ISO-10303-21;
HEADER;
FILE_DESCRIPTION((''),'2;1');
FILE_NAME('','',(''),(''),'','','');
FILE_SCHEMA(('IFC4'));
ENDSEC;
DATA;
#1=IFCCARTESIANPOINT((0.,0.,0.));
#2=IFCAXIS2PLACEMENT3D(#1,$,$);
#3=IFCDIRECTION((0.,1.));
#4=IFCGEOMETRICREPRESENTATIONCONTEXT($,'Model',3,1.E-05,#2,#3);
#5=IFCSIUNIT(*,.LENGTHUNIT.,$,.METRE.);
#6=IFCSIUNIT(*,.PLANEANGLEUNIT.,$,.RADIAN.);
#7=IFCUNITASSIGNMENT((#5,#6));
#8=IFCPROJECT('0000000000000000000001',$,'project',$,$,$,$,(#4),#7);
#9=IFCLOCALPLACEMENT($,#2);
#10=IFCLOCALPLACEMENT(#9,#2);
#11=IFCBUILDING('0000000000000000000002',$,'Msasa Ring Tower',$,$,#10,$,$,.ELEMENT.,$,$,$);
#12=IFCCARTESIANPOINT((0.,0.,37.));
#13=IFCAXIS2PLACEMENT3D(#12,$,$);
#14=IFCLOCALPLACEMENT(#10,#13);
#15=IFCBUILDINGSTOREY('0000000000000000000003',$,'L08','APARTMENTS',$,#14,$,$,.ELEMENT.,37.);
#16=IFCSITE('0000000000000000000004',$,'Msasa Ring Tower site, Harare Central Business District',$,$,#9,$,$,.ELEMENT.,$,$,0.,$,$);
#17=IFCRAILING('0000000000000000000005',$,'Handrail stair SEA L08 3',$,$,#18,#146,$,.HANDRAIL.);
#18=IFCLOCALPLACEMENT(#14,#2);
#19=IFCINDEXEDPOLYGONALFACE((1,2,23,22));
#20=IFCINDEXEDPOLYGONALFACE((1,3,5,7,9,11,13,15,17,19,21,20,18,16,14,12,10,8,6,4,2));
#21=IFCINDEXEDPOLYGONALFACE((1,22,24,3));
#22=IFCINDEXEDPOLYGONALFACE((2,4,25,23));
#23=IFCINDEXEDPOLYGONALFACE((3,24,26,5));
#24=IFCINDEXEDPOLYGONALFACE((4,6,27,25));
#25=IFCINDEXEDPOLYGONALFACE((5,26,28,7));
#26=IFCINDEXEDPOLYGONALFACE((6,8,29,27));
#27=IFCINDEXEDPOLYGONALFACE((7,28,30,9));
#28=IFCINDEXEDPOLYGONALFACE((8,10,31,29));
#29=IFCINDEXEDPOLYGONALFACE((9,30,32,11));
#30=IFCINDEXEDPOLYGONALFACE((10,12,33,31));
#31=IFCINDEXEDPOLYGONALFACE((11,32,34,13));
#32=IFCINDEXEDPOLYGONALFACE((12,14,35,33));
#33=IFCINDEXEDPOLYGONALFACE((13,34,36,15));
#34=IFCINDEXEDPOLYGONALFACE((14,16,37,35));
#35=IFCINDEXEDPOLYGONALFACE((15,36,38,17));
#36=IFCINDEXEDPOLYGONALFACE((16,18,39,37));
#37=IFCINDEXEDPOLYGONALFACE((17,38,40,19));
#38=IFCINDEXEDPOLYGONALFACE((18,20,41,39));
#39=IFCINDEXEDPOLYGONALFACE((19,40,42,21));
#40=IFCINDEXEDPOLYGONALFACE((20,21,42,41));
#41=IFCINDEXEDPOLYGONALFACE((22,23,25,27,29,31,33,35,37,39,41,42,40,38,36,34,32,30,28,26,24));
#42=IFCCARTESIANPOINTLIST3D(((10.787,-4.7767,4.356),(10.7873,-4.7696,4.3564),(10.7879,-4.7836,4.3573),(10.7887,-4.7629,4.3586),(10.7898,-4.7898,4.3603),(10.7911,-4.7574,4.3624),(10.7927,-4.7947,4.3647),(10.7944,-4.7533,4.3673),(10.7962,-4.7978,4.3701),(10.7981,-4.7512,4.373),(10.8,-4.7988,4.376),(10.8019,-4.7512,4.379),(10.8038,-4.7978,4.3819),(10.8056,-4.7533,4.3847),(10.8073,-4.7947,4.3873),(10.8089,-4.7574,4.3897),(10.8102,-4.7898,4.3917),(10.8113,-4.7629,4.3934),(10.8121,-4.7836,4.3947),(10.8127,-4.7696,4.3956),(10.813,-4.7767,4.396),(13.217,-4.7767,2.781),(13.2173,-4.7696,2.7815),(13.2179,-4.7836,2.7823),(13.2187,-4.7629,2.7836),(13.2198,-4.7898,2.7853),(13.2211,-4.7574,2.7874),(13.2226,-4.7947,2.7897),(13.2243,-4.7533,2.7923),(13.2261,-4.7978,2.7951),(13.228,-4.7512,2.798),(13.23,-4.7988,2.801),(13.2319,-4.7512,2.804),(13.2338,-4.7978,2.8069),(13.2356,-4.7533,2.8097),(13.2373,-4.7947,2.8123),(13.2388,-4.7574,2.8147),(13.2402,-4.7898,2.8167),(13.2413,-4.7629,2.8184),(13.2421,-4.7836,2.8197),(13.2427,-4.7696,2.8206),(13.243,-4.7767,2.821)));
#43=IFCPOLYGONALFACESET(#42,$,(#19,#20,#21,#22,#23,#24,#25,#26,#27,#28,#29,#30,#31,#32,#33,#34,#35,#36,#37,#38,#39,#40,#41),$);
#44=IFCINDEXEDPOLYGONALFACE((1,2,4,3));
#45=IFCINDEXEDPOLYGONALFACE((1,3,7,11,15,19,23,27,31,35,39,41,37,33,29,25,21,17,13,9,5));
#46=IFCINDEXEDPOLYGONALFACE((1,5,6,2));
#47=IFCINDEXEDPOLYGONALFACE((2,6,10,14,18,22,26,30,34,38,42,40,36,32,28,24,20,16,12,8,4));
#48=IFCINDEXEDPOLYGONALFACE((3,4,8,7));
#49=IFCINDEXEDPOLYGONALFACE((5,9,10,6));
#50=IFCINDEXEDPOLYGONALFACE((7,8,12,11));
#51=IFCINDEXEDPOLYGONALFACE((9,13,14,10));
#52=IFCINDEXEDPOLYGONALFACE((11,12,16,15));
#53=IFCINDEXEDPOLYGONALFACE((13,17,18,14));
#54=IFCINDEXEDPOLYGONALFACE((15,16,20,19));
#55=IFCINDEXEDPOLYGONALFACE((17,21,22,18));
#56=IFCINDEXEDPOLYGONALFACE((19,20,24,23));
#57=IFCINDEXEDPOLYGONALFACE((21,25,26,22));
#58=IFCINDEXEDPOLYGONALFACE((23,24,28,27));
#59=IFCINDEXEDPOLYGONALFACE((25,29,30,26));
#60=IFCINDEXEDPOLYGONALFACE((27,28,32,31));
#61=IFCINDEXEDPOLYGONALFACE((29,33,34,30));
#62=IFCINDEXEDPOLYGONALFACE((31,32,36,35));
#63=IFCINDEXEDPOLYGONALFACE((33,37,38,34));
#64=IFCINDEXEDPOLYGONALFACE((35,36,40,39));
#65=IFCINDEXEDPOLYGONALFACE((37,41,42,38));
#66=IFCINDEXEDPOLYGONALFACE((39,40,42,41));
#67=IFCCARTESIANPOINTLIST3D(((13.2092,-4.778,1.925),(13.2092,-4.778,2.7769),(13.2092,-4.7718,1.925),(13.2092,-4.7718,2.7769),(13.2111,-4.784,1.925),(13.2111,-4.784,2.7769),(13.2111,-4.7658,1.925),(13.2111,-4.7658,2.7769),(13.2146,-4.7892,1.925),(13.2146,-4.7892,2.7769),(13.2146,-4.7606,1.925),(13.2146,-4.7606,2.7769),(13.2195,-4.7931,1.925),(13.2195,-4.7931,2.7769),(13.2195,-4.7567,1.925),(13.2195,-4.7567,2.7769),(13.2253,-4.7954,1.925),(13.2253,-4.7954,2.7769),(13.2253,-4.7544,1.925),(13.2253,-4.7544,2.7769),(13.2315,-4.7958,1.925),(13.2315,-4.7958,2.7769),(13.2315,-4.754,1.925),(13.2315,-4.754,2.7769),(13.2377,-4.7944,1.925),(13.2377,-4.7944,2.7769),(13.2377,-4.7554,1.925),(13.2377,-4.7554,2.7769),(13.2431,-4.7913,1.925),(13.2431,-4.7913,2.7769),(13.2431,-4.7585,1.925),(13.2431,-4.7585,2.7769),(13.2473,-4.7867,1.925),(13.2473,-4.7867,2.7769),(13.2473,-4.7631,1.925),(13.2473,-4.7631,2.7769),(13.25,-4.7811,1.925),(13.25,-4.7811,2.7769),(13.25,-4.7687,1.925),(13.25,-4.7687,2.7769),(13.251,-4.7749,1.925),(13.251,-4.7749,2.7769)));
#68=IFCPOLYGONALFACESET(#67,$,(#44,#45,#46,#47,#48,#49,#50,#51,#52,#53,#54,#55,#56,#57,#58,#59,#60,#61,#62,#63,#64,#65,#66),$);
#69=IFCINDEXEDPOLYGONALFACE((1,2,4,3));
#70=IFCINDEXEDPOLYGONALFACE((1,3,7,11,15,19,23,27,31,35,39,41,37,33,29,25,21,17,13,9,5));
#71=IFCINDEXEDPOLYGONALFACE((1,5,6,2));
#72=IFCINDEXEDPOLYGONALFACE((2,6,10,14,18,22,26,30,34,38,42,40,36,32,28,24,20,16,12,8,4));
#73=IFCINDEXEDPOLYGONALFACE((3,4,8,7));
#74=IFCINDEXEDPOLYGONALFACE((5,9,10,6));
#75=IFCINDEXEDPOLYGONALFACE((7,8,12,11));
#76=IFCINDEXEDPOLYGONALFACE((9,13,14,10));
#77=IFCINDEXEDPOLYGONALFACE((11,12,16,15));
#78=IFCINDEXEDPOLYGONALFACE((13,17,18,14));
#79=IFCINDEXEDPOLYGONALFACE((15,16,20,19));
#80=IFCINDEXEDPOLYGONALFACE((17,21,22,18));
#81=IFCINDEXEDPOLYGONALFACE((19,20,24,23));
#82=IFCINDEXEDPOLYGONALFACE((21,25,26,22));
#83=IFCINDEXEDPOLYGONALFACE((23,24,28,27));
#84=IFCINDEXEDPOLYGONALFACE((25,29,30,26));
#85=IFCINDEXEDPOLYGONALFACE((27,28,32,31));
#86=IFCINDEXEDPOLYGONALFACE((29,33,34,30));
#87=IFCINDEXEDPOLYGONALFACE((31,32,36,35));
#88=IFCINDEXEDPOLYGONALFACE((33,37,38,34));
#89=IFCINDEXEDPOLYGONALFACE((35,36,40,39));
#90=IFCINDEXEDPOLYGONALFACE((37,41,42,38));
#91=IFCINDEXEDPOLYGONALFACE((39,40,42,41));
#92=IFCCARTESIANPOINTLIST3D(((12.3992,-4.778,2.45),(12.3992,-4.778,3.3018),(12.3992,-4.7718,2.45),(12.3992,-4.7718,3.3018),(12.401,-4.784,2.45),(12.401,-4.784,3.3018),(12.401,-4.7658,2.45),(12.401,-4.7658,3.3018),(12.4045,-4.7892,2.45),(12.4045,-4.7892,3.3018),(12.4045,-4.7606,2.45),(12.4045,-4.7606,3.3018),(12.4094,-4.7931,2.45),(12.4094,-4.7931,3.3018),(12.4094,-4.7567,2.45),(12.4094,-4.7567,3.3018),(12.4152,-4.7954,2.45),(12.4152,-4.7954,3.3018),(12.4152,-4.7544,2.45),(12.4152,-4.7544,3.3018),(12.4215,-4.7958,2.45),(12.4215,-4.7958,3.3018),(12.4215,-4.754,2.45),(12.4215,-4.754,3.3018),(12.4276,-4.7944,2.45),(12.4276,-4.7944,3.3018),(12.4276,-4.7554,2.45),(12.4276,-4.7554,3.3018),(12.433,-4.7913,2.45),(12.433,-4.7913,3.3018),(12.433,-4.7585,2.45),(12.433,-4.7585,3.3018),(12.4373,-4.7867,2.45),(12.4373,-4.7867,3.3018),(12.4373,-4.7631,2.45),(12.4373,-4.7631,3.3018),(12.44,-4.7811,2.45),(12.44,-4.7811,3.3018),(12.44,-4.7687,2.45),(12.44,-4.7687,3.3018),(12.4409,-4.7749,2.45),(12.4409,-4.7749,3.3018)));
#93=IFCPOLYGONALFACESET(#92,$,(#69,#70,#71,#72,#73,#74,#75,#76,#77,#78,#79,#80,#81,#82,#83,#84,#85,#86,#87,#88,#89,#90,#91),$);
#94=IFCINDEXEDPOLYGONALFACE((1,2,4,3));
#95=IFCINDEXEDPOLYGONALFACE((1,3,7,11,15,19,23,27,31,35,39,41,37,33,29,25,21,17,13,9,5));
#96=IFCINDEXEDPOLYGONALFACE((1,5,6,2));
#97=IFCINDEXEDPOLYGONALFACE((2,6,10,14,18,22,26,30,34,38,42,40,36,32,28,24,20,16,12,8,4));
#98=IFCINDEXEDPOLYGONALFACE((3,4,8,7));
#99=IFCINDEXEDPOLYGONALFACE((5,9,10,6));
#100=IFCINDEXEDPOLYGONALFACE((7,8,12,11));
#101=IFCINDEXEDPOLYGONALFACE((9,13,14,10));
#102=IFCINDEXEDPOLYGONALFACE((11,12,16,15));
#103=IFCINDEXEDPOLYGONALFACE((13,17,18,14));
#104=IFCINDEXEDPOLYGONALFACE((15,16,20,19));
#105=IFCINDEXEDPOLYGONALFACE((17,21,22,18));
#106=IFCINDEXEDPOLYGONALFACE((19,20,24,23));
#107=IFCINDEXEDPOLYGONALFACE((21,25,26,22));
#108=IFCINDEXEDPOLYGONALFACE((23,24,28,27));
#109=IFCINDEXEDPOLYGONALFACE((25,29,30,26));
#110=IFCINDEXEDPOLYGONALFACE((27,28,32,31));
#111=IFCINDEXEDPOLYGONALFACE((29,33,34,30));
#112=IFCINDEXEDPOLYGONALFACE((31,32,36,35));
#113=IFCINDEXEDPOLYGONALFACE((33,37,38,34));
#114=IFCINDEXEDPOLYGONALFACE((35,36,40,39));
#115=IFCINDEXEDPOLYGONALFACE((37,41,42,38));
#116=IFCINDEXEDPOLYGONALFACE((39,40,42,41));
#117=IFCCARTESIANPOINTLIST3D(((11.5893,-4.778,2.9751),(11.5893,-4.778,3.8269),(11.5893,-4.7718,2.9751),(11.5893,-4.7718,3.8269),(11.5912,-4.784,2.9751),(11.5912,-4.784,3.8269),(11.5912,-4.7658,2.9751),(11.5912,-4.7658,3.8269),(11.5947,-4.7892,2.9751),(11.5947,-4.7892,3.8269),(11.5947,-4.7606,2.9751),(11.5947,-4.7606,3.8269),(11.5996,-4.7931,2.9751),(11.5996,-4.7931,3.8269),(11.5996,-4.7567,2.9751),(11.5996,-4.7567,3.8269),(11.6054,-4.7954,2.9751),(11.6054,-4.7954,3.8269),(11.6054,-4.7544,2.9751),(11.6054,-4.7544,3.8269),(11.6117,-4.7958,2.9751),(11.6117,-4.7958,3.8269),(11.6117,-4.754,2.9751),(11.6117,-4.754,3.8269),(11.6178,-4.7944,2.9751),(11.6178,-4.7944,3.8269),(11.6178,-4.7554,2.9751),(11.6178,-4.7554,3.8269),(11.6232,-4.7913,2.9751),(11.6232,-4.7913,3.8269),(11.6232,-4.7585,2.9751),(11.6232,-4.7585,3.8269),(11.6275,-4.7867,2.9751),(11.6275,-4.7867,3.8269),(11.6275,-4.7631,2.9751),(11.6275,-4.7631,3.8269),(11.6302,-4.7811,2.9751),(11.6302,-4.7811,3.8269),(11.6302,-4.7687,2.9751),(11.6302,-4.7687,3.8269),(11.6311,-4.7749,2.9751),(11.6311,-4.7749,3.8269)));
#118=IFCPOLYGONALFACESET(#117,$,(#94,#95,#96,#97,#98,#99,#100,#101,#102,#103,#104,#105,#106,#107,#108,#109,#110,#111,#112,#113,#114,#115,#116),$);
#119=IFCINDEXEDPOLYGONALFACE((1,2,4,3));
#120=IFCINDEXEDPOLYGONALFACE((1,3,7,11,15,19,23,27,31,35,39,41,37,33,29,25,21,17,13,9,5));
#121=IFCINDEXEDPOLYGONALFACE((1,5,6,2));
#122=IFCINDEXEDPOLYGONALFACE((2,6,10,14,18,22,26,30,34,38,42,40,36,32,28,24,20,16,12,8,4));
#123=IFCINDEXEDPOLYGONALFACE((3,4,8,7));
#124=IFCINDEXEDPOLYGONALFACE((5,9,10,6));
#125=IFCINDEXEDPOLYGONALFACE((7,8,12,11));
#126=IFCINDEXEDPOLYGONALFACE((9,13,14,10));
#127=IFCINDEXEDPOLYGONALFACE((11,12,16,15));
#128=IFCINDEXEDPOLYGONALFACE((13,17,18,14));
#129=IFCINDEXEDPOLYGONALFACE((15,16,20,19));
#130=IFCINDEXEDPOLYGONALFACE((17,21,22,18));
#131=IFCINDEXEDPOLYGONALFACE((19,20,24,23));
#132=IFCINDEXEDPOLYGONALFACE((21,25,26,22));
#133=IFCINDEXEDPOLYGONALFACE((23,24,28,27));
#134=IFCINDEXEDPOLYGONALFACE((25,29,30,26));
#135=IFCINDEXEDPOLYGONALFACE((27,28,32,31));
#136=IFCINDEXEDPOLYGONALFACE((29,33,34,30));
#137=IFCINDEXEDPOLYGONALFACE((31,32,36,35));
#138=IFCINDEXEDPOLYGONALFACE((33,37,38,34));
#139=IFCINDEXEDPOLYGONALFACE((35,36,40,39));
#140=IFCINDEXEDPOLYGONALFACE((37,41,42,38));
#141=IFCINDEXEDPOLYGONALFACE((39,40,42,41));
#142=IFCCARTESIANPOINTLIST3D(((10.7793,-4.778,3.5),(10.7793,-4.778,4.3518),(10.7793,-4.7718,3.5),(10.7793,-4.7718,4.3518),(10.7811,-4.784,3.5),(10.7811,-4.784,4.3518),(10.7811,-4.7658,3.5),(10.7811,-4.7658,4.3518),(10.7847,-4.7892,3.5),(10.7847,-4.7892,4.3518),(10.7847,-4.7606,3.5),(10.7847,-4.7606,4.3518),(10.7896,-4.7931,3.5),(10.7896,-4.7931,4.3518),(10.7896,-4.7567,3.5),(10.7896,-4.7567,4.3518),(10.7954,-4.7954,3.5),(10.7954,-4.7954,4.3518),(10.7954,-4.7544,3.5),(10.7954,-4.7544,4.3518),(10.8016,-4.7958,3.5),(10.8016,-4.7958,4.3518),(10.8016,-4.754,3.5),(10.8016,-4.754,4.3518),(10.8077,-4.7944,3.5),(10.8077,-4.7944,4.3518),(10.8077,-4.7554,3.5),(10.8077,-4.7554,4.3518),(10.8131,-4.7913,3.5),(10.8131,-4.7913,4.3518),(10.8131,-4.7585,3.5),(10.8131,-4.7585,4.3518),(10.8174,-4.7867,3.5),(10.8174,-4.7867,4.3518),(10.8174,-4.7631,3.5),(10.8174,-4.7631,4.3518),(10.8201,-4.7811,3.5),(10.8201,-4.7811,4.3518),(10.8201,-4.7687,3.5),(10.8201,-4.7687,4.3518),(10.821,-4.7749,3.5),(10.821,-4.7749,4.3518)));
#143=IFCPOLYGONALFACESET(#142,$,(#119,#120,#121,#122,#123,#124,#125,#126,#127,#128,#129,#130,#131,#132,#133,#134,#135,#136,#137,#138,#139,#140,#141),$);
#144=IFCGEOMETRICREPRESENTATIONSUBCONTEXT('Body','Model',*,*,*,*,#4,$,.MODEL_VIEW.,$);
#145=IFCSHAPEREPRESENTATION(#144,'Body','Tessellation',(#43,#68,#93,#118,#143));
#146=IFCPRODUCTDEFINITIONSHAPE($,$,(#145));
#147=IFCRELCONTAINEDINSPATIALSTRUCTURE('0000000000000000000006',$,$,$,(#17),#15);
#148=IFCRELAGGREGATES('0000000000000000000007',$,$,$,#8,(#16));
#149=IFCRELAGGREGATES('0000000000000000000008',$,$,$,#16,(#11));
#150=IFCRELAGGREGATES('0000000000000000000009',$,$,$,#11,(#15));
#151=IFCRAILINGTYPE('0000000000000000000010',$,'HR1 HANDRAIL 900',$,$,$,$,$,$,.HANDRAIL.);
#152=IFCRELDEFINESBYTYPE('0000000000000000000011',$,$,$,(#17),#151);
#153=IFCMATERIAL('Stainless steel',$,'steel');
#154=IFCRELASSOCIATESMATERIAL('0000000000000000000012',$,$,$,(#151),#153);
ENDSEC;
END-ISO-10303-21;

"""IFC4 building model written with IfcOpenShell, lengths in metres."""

from ifc_helpers import new_model, si_unit, direction, frame, origin, origin_2d, place, context, subcontext, project, spatial, circle, extrude, material, type_object, element, save


model = new_model("IFC4")

# Units and contexts
model_context = context("Model", 3, precision=1e-05, world=origin(), true_north=direction((0.0, 1.0)))
body_context = subcontext(model_context, "Body", "Model", "MODEL_VIEW")
ifc_project = project(units=[si_unit("LENGTHUNIT", "METRE"), si_unit("PLANEANGLEUNIT", "RADIAN")], contexts=[model_context])

# Site, building, storey
site_placement = place(None, origin())
site = spatial("IfcSite", under=ifc_project, at=site_placement, Name="Msasa Ring Tower site, Harare Central Business District", CompositionType="ELEMENT", RefElevation=0.0)
building_placement = place(site_placement, origin())
building = spatial("IfcBuilding", under=site, at=building_placement, Name="Msasa Ring Tower", CompositionType="ELEMENT")
storey_placement = place(building_placement, frame((0.0, 0.0, 37.0)))
storey = spatial("IfcBuildingStorey", under=building, at=storey_placement, Name="L08", Description="APARTMENTS", CompositionType="ELEMENT", Elevation=37.0)

# Railing
ifc_material_1 = material(Name="Stainless steel", Category="steel")
railing_type = type_object("IfcRailingType", Name="HR1 HANDRAIL 900", PredefinedType="HANDRAIL", material=ifc_material_1)
for number, where, name in (
    (1, (13.23, -4.7749, 1.925), "Handrail stair SEA L08 3"),
):
    element("IfcRailing", number, at=place(storey_placement, frame(where)), inside=storey, type_object=railing_type, Name=name, PredefinedType="HANDRAIL", context=body_context, shape_type="SweptSolid", body=[
        extrude(circle(Radius=0.0239, at=origin_2d()), frame((0.0, 0.0, 0.876), z_axis=(-0.839154, 0.0, 0.543894), x_axis=(0.0, -1.0, 0.0)), (0.0, 0.0, 1.0), 2.8958),
        extrude(circle(Radius=0.021, at=origin_2d()), origin(), (0.0, 0.0, 1.0), 0.8518),
        extrude(circle(Radius=0.021, at=origin_2d()), frame((-0.8101, 0.0, 0.5249)), (0.0, 0.0, 1.0), 0.8518),
        extrude(circle(Radius=0.021, at=origin_2d()), frame((-1.6199, 0.0, 1.05)), (0.0, 0.0, 1.0), 0.8518),
        extrude(circle(Radius=0.021, at=origin_2d()), frame((-2.4299, 0.0, 1.575)), (0.0, 0.0, 1.0), 0.8518),
    ])

save(model, "model.ifc")
